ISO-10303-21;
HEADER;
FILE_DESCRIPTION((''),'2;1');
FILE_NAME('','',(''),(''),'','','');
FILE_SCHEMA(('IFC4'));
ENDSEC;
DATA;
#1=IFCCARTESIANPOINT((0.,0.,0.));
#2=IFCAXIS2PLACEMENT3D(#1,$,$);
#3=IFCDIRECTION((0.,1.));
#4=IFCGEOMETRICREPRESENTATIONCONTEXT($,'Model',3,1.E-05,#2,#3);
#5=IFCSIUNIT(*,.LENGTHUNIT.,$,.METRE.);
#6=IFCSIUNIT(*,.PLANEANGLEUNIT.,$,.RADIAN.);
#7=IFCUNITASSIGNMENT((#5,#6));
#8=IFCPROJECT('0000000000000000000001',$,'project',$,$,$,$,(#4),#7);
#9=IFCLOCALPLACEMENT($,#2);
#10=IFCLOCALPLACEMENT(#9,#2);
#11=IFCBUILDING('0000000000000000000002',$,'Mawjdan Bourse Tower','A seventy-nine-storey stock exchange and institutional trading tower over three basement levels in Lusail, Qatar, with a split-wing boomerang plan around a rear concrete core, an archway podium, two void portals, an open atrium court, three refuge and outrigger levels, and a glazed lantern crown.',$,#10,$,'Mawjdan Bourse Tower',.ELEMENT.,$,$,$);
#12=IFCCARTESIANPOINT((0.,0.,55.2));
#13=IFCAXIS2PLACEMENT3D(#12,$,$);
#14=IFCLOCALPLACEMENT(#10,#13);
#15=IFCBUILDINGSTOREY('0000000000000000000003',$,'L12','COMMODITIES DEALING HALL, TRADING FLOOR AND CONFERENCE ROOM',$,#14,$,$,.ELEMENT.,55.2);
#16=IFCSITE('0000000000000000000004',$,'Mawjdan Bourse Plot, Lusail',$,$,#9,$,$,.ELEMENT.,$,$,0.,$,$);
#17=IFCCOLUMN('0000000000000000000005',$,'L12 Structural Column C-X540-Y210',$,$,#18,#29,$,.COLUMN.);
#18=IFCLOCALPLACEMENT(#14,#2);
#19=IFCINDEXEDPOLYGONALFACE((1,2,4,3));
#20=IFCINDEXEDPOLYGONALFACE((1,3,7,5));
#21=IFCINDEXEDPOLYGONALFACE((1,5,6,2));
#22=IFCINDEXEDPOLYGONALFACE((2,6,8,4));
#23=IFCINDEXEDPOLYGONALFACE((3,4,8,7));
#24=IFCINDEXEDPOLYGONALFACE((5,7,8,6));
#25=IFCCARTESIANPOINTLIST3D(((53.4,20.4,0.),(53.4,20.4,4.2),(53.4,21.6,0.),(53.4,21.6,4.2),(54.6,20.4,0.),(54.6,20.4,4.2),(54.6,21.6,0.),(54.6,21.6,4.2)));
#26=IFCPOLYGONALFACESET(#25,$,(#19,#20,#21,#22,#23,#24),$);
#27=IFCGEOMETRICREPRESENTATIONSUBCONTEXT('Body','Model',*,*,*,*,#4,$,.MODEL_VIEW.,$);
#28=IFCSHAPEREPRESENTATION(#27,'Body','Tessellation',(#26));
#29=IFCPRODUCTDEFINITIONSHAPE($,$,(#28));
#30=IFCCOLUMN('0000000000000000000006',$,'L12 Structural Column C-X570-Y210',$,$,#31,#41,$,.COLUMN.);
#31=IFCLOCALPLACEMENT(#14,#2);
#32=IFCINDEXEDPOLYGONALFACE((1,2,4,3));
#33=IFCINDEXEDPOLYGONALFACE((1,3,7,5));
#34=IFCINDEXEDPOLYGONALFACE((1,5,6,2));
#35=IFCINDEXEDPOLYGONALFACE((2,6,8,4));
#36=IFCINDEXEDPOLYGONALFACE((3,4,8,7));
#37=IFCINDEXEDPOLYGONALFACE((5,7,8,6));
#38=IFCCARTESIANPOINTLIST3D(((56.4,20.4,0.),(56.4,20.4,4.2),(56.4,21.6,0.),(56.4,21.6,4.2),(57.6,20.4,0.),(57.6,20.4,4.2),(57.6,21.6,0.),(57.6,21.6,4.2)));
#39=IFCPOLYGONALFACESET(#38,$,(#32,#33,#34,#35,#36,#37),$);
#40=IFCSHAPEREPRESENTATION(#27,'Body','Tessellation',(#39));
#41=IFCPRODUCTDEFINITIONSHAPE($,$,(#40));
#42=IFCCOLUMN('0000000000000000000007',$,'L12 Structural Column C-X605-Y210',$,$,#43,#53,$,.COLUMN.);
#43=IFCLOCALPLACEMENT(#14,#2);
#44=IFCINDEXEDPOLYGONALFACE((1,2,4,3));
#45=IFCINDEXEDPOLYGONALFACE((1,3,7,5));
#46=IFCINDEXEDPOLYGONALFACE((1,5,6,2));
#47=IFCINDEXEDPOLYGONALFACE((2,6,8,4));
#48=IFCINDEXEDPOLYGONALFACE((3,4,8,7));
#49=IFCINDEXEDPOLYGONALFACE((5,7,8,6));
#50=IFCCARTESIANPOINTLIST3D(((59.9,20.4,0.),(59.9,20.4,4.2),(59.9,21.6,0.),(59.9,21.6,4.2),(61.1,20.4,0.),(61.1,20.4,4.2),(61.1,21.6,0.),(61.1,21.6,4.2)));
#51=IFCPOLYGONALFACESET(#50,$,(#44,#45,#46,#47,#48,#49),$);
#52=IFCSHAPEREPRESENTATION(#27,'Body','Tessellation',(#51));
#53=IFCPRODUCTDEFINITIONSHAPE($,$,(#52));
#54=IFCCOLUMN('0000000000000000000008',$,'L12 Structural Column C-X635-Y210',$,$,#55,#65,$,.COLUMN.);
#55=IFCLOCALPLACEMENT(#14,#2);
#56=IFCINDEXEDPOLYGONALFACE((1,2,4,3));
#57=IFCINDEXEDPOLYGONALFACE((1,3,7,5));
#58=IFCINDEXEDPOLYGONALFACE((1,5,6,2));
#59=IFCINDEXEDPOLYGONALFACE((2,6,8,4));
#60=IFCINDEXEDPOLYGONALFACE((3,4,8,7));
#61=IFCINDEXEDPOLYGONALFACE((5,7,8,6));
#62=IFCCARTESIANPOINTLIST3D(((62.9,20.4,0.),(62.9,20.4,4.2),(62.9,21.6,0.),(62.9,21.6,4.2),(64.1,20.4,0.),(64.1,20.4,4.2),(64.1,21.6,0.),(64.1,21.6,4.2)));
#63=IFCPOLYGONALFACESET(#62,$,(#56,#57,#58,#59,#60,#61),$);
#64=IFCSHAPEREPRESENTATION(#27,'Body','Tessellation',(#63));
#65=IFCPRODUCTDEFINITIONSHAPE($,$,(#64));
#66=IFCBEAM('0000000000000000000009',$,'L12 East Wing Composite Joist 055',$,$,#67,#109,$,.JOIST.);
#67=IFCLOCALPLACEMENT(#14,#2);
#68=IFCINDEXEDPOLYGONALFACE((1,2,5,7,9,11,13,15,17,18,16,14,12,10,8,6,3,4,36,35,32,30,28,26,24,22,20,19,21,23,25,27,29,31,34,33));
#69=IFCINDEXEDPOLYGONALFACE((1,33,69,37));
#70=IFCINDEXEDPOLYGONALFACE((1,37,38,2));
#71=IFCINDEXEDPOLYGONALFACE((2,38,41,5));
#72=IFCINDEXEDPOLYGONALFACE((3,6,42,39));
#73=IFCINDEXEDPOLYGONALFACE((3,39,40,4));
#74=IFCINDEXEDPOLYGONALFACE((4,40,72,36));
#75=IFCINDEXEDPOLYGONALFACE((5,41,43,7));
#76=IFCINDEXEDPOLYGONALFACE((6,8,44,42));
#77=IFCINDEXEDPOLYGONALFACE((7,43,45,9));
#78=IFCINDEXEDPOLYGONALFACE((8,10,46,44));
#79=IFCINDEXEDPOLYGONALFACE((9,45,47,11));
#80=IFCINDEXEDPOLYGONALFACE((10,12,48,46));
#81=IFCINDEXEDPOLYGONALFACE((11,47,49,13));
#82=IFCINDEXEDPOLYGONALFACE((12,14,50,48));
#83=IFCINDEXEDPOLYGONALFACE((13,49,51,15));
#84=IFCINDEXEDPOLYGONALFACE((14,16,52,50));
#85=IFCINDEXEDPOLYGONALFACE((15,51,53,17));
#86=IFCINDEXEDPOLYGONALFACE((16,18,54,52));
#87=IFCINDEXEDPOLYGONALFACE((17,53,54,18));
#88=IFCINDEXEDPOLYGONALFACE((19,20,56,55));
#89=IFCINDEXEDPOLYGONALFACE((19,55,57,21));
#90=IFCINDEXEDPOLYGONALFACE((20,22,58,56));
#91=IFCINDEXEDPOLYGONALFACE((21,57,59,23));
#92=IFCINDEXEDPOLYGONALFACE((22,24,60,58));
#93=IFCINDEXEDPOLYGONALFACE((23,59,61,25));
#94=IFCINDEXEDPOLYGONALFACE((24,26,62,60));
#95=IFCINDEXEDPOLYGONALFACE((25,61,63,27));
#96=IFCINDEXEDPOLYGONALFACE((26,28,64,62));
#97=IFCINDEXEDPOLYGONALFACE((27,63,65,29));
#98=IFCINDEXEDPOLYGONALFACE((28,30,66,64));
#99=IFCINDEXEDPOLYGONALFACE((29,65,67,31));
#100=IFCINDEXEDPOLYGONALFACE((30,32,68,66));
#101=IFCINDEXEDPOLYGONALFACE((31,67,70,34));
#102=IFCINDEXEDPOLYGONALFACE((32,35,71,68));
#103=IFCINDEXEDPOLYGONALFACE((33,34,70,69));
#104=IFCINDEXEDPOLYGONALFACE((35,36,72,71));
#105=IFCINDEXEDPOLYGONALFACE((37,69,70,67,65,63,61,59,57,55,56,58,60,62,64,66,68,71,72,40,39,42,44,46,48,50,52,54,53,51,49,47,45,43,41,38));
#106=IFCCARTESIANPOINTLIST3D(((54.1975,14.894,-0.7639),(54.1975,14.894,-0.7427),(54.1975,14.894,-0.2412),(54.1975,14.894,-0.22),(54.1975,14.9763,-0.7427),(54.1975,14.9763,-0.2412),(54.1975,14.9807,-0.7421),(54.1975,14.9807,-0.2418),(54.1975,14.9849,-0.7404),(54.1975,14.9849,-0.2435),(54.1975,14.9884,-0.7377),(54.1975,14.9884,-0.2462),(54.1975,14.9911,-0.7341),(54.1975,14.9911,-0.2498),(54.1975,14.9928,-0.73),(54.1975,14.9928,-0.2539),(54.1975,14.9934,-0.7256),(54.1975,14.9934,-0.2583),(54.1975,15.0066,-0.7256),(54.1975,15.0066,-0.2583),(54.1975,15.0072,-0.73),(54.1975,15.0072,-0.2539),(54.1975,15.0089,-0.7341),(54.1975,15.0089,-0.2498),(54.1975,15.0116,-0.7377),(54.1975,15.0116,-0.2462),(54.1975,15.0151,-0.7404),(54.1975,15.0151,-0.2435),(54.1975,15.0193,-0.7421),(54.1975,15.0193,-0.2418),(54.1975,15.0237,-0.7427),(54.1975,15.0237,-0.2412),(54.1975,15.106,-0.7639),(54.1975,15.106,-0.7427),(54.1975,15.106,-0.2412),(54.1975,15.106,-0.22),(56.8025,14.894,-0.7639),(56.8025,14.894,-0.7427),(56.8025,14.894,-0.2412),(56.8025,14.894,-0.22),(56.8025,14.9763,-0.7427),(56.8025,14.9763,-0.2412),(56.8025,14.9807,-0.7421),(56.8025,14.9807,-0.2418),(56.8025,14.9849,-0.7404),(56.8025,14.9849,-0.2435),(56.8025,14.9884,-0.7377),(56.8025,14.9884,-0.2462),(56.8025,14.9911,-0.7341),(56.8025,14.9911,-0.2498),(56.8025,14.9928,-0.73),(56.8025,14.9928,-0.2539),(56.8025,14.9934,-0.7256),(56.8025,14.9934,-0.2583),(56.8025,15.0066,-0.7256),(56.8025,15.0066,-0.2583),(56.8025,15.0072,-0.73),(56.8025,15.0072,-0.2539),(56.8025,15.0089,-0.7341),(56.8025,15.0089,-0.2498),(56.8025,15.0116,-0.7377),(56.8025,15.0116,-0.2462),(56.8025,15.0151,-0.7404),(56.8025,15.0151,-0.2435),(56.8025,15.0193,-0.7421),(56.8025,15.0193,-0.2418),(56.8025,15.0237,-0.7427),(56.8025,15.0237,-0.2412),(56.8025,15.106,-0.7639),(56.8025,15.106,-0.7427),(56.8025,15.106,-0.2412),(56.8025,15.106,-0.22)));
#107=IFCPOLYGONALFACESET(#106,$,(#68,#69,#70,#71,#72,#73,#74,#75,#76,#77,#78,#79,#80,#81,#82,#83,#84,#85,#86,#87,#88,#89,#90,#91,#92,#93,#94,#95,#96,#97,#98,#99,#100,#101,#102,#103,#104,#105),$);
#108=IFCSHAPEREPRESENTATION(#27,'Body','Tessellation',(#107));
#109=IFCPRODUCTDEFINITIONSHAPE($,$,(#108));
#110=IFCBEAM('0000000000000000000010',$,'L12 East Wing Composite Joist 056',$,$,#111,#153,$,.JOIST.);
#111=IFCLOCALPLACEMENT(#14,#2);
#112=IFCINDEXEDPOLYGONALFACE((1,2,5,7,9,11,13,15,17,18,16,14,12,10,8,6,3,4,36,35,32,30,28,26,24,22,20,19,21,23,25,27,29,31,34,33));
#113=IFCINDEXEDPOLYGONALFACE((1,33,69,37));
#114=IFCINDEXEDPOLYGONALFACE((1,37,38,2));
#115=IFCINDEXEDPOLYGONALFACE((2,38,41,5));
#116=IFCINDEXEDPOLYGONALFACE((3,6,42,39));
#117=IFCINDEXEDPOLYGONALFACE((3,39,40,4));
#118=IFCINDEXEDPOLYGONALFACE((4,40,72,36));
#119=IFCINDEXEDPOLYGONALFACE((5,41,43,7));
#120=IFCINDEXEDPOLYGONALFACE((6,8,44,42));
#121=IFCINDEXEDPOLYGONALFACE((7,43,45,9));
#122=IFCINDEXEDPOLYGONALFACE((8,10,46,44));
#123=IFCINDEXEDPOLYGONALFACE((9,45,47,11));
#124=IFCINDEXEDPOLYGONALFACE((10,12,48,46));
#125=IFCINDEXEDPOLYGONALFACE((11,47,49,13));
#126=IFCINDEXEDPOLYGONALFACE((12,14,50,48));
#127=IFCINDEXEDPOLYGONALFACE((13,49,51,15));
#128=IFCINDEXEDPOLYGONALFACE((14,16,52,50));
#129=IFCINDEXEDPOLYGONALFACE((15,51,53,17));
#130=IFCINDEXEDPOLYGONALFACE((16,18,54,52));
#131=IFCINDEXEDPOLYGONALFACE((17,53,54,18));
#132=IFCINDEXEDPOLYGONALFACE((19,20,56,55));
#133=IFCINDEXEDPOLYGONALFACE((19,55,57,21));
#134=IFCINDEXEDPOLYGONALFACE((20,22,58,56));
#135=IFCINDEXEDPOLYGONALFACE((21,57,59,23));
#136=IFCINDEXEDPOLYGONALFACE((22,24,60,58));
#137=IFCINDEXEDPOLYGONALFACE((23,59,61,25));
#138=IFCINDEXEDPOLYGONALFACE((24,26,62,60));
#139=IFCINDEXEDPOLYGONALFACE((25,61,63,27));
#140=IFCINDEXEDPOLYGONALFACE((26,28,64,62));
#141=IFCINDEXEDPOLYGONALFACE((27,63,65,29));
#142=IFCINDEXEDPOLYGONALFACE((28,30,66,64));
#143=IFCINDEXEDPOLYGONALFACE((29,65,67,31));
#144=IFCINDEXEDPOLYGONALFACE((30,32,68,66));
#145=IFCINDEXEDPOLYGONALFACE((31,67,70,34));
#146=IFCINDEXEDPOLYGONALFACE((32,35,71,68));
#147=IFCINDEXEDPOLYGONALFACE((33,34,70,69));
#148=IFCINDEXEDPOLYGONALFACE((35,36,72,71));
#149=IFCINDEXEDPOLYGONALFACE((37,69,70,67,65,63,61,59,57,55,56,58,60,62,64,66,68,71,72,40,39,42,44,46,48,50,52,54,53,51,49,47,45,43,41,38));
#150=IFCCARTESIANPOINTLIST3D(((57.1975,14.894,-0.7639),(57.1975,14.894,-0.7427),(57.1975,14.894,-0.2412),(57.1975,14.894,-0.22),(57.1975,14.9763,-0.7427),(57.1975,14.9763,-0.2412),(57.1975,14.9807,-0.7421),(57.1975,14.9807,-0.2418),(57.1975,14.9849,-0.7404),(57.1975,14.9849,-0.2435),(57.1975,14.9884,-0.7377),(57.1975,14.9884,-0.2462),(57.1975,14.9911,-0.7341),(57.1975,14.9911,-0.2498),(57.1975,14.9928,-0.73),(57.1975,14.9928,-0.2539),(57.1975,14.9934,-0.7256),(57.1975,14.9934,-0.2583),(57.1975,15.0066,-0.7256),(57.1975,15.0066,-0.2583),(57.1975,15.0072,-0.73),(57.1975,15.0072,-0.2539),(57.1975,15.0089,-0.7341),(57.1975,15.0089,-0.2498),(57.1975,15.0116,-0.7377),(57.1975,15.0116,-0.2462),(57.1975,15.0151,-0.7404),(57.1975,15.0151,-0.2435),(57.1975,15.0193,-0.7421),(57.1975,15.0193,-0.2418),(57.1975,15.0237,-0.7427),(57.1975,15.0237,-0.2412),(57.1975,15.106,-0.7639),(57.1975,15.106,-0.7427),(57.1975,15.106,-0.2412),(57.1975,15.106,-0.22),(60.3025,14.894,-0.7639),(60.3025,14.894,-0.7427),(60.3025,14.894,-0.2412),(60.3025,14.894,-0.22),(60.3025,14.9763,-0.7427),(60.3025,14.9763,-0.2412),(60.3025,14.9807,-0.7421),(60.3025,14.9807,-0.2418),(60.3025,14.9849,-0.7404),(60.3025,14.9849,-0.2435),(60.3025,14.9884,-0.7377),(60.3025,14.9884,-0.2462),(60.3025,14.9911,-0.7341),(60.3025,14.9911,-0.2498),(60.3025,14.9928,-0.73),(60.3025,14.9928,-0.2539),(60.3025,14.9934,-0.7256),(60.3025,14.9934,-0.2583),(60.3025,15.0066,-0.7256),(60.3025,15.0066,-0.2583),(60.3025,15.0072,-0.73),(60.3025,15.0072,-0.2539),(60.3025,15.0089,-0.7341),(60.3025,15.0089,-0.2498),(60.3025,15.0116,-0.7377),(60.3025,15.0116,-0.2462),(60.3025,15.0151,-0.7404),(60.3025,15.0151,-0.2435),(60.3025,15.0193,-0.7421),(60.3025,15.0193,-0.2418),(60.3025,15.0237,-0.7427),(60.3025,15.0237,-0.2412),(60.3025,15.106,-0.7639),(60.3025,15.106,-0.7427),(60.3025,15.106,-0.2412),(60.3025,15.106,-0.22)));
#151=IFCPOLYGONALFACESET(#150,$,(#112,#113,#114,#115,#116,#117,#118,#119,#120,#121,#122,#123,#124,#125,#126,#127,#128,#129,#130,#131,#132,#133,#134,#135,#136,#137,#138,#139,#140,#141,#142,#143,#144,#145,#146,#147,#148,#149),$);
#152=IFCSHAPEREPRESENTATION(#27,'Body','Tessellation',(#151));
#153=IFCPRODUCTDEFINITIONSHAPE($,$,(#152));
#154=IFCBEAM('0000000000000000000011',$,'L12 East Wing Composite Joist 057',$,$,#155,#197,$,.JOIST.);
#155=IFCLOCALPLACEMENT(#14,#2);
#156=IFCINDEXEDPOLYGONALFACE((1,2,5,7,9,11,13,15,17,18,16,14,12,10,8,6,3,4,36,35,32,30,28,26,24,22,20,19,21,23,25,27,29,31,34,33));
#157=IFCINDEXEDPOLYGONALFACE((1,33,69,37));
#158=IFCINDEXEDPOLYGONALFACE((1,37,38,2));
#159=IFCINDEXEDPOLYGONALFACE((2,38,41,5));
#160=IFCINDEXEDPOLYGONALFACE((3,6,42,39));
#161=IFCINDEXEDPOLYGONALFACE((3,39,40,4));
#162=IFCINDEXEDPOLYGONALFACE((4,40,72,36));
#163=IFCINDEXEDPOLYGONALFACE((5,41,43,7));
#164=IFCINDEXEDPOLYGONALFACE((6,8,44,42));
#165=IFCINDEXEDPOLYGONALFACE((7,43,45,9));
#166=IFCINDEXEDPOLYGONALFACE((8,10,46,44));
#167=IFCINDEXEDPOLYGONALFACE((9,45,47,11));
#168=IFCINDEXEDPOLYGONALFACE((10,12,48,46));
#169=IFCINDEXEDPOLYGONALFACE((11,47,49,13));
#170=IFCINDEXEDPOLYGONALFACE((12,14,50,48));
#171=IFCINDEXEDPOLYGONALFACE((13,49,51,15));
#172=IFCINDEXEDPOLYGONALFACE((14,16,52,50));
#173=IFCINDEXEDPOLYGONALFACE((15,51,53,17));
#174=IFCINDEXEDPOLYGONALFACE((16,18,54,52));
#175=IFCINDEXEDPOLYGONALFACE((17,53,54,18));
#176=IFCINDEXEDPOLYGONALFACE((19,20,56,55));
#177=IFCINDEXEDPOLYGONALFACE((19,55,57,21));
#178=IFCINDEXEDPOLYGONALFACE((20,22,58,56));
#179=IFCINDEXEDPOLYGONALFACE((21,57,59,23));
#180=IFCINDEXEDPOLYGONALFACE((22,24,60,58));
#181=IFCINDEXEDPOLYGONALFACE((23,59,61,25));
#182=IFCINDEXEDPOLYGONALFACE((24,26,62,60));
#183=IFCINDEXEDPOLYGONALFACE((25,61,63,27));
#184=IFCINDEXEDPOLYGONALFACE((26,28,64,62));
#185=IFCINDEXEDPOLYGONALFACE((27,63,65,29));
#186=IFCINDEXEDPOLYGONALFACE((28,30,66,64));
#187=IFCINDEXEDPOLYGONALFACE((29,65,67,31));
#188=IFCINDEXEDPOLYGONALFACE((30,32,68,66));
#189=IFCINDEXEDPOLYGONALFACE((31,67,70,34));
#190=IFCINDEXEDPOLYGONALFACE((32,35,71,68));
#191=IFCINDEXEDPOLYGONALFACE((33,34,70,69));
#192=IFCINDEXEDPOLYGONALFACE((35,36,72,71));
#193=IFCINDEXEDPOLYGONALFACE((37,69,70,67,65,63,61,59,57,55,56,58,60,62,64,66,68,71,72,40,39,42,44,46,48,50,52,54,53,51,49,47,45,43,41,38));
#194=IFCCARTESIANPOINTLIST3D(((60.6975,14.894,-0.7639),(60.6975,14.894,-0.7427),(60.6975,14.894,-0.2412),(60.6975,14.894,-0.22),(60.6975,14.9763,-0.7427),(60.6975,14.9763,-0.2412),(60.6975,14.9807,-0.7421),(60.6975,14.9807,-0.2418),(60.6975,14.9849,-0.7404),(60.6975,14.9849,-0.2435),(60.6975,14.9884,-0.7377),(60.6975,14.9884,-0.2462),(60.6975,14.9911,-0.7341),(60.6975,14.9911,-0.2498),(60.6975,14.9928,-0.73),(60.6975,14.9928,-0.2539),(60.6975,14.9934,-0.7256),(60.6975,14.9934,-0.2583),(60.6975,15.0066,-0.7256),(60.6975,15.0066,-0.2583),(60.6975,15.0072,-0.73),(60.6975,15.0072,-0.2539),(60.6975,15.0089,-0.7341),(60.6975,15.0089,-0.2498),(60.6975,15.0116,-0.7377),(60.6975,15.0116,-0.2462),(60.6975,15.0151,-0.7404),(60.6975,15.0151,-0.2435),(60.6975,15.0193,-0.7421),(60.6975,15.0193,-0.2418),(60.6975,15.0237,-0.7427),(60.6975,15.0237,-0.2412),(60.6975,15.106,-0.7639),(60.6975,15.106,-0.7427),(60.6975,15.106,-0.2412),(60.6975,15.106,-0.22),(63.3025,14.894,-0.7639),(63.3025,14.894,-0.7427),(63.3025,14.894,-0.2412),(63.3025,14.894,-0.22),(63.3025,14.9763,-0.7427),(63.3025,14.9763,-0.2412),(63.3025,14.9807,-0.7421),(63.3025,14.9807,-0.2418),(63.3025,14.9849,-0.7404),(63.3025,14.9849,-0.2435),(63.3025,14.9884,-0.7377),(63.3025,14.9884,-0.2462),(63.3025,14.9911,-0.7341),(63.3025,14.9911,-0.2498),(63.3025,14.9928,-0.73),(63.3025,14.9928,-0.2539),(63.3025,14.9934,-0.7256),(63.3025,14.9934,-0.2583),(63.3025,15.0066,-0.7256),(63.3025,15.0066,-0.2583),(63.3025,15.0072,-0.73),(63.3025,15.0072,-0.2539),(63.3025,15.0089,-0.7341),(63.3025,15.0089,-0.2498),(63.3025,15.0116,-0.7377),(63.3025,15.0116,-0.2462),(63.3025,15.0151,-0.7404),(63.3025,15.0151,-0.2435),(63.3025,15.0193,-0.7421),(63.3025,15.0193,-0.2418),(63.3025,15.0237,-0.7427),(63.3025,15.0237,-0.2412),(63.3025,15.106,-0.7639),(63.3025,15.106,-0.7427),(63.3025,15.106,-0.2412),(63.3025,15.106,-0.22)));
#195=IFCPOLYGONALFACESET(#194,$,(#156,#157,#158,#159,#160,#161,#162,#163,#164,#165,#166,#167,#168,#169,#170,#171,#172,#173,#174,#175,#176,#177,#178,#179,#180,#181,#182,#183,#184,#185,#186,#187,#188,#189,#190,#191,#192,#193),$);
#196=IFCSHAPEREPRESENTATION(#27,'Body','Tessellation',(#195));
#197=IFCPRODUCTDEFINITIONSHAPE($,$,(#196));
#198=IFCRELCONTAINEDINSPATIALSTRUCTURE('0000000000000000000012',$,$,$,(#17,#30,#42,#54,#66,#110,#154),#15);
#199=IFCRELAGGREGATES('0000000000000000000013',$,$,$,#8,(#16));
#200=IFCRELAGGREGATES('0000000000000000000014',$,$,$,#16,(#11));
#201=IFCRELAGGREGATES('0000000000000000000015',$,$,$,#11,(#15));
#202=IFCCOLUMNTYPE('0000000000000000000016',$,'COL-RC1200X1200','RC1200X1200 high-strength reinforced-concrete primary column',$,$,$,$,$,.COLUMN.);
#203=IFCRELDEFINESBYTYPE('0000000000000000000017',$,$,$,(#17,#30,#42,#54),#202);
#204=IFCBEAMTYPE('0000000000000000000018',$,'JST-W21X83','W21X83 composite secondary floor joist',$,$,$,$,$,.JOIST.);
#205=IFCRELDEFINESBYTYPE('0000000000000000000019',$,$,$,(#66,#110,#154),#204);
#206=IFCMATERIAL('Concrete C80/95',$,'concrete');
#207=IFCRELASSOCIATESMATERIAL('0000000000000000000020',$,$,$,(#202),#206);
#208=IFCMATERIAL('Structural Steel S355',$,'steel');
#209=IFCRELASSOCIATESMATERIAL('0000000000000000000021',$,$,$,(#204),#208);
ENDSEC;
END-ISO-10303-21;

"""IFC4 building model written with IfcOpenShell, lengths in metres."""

from ifc_helpers import new_model, si_unit, direction, frame, origin, origin_2d, place, context, subcontext, project, spatial, rectangle, i_section, extrude, material, material_profile, profile_set, type_object, element, save


model = new_model("IFC4")

# Units and contexts
model_context = context("Model", 3, precision=1e-05, world=origin(), true_north=direction((0.0, 1.0)))
body_context = subcontext(model_context, "Body", "Model", "MODEL_VIEW")
ifc_project = project(units=[si_unit("LENGTHUNIT", "METRE"), si_unit("PLANEANGLEUNIT", "RADIAN")], contexts=[model_context])

# Site, building, storey
site_placement = place(None, origin())
site = spatial("IfcSite", under=ifc_project, at=site_placement, Name="Mawjdan Bourse Plot, Lusail", CompositionType="ELEMENT", RefElevation=0.0)
building_placement = place(site_placement, origin())
building = spatial("IfcBuilding", under=site, at=building_placement, Name="Mawjdan Bourse Tower", Description="A seventy-nine-storey stock exchange and institutional trading tower over three basement levels in Lusail, Qatar, with a split-wing boomerang plan around a rear concrete core, an archway podium, two void portals, an open atrium court, three refuge and outrigger levels, and a glazed lantern crown.", LongName="Mawjdan Bourse Tower", CompositionType="ELEMENT")
storey_placement = place(building_placement, frame((0.0, 0.0, 55.2)))
storey = spatial("IfcBuildingStorey", under=building, at=storey_placement, Name="L12", Description="COMMODITIES DEALING HALL, TRADING FLOOR AND CONFERENCE ROOM", CompositionType="ELEMENT", Elevation=55.2)

# Columns
ifc_material_1 = material(Name="Concrete C80/95", Category="concrete")
ifc_material_profile_1 = material_profile(ifc_material_1, rectangle(XDim=1.2, YDim=1.2, at=origin_2d()), Name="RC1200X1200")
ifc_profile_set_1 = profile_set([ifc_material_profile_1], Name="Concrete C80/95")
column_type = type_object("IfcColumnType", Name="COL-RC1200X1200", Description="RC1200X1200 high-strength reinforced-concrete primary column", PredefinedType="COLUMN", material=ifc_profile_set_1)
for number, where, z_axis, x_axis, name in (
    (1, (54.0, 21.0, 0.0), (0.0, 0.0, 1.0), (1.0, 0.0, 0.0), "L12 Structural Column C-X540-Y210"),
    (2, (57.0, 21.0, 0.0), (0.0, 0.0, 1.0), (1.0, 0.0, 0.0), "L12 Structural Column C-X570-Y210"),
    (3, (60.5, 21.0, 0.0), (0.0, 0.0, 1.0), (1.0, 0.0, 0.0), "L12 Structural Column C-X605-Y210"),
    (4, (63.5, 21.0, 0.0), (0.0, 0.0, 1.0), (1.0, 0.0, 0.0), "L12 Structural Column C-X635-Y210"),
):
    element("IfcColumn", number, at=place(storey_placement, frame(where, z_axis=z_axis, x_axis=x_axis)), inside=storey, type_object=column_type, Name=name, PredefinedType="COLUMN", context=body_context, shape_type="SweptSolid", body=[
        extrude(rectangle(XDim=1.2, YDim=1.2, at=origin_2d()), origin(), (0.0, 0.0, 1.0), 4.2),
    ])

# Beams
ifc_material_2 = material(Name="Structural Steel S355", Category="steel")
ifc_material_profile_2 = material_profile(ifc_material_2, i_section(OverallWidth=0.2119, OverallDepth=0.5439, WebThickness=0.0132, FlangeThickness=0.0212, FilletRadius=0.0171, at=origin_2d()), Name="W21X83")
ifc_profile_set_2 = profile_set([ifc_material_profile_2], Name="Structural Steel S355")
beam_type_1 = type_object("IfcBeamType", Name="JST-W21X83", Description="W21X83 composite secondary floor joist", PredefinedType="JOIST", material=ifc_profile_set_2)
beam_1_placement = place(storey_placement, frame((54.1975, 15.0, -0.4919), z_axis=(1.0, 0.0, 0.0), x_axis=(0.0, 1.0, 0.0)))
element("IfcBeam", 5, at=beam_1_placement, inside=storey, type_object=beam_type_1, Name="L12 East Wing Composite Joist 055", PredefinedType="JOIST", context=body_context, shape_type="SweptSolid", body=[
    extrude(i_section(OverallWidth=0.2119, OverallDepth=0.5439, WebThickness=0.0132, FlangeThickness=0.0212, FilletRadius=0.0171, at=origin_2d()), origin(), (0.0, 0.0, 1.0), 2.605),
])
beam_2_placement = place(storey_placement, frame((57.1975, 15.0, -0.4919), z_axis=(1.0, 0.0, 0.0), x_axis=(0.0, 1.0, 0.0)))
element("IfcBeam", 6, at=beam_2_placement, inside=storey, type_object=beam_type_1, Name="L12 East Wing Composite Joist 056", PredefinedType="JOIST", context=body_context, shape_type="SweptSolid", body=[
    extrude(i_section(OverallWidth=0.2119, OverallDepth=0.5439, WebThickness=0.0132, FlangeThickness=0.0212, FilletRadius=0.0171, at=origin_2d()), origin(), (0.0, 0.0, 1.0), 3.105),
])
for number, where, z_axis, x_axis, name in (
    (7, (60.6975, 15.0, -0.4919), (1.0, 0.0, 0.0), (0.0, 1.0, 0.0), "L12 East Wing Composite Joist 057"),
):
    element("IfcBeam", number, at=place(storey_placement, frame(where, z_axis=z_axis, x_axis=x_axis)), inside=storey, type_object=beam_type_1, Name=name, PredefinedType="JOIST", context=body_context, shape_type="SweptSolid", body=[
        extrude(i_section(OverallWidth=0.2119, OverallDepth=0.5439, WebThickness=0.0132, FlangeThickness=0.0212, FilletRadius=0.0171, at=origin_2d()), origin(), (0.0, 0.0, 1.0), 2.605),
    ])

save(model, "model.ifc")
